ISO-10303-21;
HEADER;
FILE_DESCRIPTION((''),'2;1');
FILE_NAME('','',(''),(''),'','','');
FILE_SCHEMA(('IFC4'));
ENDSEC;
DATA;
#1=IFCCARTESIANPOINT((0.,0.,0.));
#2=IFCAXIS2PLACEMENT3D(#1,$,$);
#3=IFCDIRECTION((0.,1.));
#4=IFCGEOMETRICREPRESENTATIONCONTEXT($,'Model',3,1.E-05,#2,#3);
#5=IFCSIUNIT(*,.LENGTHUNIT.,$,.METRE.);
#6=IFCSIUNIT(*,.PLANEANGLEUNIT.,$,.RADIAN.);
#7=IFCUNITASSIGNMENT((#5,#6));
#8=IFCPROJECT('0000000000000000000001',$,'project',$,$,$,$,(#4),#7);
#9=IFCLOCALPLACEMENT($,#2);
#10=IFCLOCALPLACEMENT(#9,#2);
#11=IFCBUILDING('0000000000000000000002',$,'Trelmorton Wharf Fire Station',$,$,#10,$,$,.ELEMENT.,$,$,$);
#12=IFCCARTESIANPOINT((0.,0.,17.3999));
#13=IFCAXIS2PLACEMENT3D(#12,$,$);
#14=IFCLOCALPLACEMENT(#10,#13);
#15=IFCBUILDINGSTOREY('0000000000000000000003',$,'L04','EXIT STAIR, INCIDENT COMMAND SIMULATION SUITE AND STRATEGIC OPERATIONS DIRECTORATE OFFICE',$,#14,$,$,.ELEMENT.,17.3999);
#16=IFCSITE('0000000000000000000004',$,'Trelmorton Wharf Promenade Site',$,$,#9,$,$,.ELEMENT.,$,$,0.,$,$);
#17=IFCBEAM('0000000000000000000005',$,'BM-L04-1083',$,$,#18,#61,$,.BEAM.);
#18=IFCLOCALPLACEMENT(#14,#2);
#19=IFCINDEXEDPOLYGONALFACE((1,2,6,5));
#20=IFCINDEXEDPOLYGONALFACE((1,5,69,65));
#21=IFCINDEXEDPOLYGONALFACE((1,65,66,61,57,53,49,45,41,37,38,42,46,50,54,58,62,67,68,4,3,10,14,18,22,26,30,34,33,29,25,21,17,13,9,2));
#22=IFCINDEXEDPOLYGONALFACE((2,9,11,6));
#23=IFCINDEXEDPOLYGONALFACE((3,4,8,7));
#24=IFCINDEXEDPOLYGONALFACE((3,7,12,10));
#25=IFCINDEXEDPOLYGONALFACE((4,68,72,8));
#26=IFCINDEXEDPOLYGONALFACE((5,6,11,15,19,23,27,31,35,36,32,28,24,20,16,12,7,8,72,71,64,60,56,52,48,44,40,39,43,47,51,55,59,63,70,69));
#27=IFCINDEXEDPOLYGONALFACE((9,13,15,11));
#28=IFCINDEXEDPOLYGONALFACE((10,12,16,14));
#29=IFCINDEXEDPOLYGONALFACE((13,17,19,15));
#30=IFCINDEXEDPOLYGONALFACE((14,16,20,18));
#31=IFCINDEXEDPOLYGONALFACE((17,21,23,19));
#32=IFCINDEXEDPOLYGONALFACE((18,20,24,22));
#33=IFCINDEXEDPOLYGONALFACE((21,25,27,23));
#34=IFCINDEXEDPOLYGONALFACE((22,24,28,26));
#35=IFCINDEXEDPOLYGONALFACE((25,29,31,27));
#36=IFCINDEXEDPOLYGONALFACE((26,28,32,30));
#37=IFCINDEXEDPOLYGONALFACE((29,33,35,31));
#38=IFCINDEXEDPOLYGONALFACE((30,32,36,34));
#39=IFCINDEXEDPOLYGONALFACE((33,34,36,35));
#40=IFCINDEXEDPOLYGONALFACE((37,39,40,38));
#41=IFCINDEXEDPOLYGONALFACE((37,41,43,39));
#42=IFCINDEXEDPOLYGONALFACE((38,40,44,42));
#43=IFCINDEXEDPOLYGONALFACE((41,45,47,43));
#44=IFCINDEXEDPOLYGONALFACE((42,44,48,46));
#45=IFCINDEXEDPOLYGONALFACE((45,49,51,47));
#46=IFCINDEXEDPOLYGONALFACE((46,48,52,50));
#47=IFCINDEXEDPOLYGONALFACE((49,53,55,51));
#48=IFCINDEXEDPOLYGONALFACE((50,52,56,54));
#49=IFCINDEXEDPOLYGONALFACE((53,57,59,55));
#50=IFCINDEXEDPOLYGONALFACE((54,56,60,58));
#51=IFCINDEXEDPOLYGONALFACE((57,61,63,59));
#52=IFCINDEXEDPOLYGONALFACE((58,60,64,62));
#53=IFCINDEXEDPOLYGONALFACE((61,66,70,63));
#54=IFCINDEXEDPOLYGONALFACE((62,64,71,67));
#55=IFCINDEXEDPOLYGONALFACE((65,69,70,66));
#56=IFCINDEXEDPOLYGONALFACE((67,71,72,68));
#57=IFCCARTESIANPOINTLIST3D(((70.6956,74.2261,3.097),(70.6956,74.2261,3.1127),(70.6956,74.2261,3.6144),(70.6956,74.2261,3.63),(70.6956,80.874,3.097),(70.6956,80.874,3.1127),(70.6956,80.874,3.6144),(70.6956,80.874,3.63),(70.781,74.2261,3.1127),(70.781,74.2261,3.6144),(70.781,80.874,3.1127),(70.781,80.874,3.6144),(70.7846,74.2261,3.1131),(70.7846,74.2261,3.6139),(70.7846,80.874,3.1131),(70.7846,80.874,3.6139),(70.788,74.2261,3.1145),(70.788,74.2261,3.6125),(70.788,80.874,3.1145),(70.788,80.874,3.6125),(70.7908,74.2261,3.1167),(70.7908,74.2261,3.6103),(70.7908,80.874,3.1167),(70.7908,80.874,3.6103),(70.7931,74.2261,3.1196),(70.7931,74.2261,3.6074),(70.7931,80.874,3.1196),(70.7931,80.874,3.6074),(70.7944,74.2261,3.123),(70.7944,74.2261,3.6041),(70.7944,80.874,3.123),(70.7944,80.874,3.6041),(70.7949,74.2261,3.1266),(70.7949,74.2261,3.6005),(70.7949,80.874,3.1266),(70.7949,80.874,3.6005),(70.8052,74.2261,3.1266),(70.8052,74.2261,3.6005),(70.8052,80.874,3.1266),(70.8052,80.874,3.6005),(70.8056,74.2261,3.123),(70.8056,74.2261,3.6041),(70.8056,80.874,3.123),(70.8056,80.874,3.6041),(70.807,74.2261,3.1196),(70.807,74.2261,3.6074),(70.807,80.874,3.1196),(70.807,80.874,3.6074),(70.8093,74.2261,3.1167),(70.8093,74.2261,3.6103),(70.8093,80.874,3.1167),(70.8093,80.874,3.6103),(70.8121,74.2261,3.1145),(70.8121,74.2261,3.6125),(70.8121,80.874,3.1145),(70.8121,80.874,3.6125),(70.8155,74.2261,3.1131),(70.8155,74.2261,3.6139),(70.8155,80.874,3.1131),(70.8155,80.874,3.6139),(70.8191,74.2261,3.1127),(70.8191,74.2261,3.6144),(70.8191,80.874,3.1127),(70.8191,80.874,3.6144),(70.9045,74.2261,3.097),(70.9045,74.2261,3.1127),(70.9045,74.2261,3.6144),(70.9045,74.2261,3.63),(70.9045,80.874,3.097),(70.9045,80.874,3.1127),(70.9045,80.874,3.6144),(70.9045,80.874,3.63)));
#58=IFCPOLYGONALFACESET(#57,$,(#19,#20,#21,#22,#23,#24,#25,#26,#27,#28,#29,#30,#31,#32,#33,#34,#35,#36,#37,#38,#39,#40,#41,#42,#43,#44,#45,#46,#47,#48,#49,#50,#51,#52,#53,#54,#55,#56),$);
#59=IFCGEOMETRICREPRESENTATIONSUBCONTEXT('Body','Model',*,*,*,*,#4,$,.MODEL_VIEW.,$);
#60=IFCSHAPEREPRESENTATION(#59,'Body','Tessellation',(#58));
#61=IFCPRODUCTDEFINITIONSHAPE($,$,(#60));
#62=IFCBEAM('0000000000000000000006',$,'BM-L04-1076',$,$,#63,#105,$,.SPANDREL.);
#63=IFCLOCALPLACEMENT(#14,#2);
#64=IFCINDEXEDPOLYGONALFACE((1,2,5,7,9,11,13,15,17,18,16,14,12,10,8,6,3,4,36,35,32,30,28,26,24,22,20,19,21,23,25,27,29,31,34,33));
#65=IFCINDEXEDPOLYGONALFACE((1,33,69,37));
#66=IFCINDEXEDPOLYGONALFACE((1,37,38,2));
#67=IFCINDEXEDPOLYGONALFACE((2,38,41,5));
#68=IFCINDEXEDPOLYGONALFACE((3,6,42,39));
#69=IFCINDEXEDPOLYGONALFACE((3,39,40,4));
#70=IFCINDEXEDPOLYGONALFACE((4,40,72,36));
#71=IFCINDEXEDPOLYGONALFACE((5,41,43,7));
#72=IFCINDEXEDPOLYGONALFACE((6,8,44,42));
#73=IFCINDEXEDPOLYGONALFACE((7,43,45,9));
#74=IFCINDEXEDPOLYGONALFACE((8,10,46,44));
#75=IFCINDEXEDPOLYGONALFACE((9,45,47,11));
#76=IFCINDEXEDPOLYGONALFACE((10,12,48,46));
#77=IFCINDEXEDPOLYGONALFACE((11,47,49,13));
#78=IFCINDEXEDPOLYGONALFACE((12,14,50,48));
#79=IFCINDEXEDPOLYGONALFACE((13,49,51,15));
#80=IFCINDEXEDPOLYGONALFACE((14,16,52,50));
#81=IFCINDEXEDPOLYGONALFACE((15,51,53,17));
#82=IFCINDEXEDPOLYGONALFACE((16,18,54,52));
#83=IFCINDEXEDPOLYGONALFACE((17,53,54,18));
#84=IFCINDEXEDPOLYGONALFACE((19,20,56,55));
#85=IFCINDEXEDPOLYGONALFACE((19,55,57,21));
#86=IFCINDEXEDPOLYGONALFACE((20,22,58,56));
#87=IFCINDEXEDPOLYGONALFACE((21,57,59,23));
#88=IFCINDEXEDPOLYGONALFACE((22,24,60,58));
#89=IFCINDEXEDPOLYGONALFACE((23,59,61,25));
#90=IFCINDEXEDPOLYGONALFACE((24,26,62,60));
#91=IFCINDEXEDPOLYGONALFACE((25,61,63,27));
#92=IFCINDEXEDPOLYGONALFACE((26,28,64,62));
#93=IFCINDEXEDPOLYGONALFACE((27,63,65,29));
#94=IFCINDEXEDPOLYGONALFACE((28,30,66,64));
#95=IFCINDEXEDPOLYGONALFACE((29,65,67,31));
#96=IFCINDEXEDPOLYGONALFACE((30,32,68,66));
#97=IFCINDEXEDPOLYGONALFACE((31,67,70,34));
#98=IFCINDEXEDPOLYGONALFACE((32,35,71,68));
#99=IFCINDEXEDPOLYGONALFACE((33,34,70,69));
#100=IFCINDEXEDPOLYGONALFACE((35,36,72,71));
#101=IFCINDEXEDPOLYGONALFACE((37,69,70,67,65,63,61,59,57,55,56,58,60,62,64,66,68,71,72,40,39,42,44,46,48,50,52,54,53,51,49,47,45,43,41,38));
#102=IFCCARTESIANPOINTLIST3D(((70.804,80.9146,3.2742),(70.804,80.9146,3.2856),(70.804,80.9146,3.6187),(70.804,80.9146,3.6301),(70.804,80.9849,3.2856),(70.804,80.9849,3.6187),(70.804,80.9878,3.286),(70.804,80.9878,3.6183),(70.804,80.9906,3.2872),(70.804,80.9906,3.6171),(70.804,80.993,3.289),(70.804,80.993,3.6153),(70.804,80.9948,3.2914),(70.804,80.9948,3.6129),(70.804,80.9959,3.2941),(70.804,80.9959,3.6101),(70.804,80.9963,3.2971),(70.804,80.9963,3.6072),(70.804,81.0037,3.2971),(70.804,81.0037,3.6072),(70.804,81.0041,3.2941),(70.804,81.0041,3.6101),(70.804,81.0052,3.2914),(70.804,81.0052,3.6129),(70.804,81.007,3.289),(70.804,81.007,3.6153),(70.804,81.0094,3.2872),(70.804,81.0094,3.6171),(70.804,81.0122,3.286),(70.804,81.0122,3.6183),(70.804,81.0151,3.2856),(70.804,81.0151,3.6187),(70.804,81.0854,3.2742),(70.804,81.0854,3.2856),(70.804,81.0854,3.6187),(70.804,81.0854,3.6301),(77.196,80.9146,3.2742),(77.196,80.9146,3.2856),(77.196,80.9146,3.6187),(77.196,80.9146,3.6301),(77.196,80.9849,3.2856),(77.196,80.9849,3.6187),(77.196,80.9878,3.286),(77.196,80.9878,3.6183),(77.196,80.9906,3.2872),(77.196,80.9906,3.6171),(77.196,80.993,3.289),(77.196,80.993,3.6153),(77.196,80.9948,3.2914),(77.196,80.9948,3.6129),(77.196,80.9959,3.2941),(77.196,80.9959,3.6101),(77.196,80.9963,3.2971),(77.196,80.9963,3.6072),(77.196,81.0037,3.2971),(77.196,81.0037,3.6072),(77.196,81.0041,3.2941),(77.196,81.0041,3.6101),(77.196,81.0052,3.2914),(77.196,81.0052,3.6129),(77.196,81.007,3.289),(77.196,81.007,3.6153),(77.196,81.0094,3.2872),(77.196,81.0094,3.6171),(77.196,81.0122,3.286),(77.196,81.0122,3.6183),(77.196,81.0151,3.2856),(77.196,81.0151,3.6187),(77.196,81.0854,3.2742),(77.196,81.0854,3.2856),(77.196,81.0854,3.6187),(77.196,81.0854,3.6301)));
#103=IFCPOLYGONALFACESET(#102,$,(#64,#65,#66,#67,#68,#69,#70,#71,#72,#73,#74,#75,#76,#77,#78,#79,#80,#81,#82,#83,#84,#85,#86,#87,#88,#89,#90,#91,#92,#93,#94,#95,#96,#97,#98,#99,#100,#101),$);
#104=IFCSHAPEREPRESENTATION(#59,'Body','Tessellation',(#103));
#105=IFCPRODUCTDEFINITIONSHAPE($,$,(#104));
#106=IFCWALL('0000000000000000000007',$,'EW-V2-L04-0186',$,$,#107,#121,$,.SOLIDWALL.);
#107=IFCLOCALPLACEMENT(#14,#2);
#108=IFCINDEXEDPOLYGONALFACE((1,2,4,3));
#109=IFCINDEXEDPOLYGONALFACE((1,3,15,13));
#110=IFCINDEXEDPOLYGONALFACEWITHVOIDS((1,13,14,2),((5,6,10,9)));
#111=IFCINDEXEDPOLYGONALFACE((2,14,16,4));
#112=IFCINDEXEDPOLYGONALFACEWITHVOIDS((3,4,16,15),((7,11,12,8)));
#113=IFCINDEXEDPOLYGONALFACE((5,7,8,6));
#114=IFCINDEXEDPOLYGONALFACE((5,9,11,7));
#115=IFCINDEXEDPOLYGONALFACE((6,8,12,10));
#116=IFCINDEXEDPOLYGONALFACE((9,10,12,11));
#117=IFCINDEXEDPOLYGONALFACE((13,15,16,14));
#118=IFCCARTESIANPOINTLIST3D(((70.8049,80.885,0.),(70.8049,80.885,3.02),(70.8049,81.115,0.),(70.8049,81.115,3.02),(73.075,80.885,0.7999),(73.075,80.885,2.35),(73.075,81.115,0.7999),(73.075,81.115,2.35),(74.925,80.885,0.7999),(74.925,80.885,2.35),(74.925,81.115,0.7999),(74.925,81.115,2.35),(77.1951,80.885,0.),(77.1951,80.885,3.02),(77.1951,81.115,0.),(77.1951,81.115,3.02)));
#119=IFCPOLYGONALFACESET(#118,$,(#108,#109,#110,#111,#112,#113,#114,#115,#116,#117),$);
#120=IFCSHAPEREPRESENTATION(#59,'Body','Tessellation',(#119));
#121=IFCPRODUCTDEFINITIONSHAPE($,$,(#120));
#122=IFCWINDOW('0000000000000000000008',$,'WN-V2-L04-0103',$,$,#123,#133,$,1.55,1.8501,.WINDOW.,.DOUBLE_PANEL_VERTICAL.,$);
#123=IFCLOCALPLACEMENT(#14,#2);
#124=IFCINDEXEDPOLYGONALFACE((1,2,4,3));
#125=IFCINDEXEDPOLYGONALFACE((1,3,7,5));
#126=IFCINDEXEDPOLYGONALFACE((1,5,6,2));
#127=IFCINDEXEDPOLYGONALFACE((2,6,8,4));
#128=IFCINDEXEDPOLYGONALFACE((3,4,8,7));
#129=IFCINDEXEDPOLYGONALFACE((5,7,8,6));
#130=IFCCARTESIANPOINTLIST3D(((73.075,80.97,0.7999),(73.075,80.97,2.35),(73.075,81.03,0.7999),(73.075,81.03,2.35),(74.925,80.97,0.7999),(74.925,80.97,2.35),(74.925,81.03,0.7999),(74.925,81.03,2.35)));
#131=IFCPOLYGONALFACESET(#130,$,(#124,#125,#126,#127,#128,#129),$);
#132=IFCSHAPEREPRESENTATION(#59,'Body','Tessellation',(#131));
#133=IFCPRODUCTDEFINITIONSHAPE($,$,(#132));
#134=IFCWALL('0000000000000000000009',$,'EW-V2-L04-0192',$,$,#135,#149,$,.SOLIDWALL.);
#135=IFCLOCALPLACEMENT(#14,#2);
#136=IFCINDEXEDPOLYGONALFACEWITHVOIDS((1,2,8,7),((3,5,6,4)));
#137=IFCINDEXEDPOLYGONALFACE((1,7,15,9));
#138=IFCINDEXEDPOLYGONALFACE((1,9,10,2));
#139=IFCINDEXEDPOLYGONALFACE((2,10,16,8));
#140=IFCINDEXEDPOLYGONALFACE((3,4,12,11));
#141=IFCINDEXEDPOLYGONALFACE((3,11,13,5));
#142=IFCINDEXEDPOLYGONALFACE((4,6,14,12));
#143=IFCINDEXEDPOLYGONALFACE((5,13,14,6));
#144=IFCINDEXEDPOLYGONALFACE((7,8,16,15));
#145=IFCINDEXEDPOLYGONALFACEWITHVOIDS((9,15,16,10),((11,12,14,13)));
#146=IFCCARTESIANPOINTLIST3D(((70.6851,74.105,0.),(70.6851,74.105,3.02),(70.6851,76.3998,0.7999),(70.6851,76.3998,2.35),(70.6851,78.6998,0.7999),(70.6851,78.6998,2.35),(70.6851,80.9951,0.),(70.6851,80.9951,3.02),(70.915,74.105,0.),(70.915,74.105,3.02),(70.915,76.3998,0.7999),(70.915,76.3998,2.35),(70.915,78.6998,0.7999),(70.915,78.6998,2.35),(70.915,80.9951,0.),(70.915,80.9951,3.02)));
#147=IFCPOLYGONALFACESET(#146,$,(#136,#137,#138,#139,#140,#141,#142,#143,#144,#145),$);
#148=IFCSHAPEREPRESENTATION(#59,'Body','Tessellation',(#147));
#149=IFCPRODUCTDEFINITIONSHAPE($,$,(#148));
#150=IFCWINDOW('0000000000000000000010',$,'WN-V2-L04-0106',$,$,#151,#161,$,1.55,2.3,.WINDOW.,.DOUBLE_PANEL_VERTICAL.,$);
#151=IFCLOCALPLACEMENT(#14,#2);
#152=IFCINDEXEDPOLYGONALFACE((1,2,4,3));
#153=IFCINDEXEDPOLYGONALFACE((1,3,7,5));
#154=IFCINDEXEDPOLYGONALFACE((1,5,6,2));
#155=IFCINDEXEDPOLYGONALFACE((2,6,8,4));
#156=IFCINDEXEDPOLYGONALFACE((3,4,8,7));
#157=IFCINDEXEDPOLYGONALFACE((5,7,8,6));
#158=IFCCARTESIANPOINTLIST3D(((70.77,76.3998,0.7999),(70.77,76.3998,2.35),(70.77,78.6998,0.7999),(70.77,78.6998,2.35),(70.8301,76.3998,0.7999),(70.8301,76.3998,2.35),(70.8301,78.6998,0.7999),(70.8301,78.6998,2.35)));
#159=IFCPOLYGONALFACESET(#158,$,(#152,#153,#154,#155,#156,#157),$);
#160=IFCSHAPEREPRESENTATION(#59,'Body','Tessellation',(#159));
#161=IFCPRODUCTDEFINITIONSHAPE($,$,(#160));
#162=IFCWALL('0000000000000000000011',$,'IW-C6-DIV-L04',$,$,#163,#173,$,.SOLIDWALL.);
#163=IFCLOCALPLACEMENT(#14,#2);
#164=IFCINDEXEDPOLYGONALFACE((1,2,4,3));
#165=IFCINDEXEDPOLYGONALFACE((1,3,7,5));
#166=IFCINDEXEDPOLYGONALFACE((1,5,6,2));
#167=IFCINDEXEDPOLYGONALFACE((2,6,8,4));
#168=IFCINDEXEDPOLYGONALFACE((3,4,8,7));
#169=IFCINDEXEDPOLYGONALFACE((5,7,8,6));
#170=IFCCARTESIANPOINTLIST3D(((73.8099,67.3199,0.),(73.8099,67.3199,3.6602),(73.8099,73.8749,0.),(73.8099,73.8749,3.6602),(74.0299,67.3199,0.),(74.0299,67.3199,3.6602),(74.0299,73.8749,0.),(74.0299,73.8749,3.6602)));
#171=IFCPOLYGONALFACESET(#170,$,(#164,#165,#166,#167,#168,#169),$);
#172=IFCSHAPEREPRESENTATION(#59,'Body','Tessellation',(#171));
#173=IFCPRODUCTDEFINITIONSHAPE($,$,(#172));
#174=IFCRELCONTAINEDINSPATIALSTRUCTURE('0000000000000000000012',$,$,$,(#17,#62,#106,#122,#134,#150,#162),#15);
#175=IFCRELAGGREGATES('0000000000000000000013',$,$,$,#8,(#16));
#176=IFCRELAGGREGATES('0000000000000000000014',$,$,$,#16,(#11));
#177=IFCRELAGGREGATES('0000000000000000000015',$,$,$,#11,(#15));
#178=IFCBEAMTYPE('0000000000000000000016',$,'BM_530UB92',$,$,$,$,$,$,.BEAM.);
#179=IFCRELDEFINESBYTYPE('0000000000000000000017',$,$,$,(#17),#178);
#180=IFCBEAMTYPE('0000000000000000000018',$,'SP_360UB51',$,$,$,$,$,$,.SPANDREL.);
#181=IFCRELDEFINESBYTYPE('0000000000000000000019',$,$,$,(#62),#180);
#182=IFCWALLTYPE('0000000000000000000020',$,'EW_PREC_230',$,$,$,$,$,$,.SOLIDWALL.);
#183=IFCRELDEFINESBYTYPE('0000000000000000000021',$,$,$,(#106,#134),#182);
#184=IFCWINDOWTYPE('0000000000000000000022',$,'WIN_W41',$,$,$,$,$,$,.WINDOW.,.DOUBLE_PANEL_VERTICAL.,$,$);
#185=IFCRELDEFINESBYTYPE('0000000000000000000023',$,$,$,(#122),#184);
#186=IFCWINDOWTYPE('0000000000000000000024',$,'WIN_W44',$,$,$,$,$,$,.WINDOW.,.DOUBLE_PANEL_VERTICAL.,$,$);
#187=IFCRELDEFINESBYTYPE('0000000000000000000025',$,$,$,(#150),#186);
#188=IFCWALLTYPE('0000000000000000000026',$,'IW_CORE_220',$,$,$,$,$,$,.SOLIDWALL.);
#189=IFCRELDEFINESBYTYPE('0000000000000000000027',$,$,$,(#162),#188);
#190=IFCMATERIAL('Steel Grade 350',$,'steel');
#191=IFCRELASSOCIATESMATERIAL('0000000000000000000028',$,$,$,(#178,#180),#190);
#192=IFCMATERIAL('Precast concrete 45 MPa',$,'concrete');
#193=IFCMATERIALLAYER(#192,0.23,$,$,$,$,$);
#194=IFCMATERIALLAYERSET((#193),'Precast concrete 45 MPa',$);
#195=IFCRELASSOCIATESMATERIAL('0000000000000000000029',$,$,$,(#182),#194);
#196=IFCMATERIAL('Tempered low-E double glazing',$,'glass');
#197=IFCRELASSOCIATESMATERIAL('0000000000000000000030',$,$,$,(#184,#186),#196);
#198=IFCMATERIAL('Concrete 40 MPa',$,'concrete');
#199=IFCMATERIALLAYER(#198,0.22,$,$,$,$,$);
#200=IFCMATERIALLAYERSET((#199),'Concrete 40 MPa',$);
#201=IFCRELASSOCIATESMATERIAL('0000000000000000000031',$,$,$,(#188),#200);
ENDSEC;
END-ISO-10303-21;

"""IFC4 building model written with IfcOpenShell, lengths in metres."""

from ifc_helpers import new_model, si_unit, direction, frame, frame_2d, origin, origin_2d, place, context, subcontext, project, spatial, rectangle, i_section, extrude, material, layer, layer_set, material_profile, profile_set, type_object, element, fill, save


model = new_model("IFC4")

# Units and contexts
model_context = context("Model", 3, precision=1e-05, world=origin(), true_north=direction((0.0, 1.0)))
body_context = subcontext(model_context, "Body", "Model", "MODEL_VIEW")
ifc_project = project(units=[si_unit("LENGTHUNIT", "METRE"), si_unit("PLANEANGLEUNIT", "RADIAN")], contexts=[model_context])

# Site, building, storey
site_placement = place(None, origin())
site = spatial("IfcSite", under=ifc_project, at=site_placement, Name="Trelmorton Wharf Promenade Site", CompositionType="ELEMENT", RefElevation=0.0)
building_placement = place(site_placement, origin())
building = spatial("IfcBuilding", under=site, at=building_placement, Name="Trelmorton Wharf Fire Station", CompositionType="ELEMENT")
storey_placement = place(building_placement, frame((0.0, 0.0, 17.3999)))
storey = spatial("IfcBuildingStorey", under=building, at=storey_placement, Name="L04", Description="EXIT STAIR, INCIDENT COMMAND SIMULATION SUITE AND STRATEGIC OPERATIONS DIRECTORATE OFFICE", CompositionType="ELEMENT", Elevation=17.3999)

# Shared definitions
ifc_material_1 = material(Name="Steel Grade 350", Category="steel")

# Beams
ifc_material_profile_1 = material_profile(ifc_material_1, i_section(OverallWidth=0.209, OverallDepth=0.533, WebThickness=0.0103, FlangeThickness=0.0156, FilletRadius=0.0139, at=origin_2d()), Name="530UB92.4")
ifc_profile_set_1 = profile_set([ifc_material_profile_1], Name="Steel Grade 350")
beam_type_1 = type_object("IfcBeamType", Name="BM_530UB92", PredefinedType="BEAM", material=ifc_profile_set_1)
beam_1_placement = place(storey_placement, frame((70.8, 74.2261, 3.3635), z_axis=(0.0, 1.0, 0.0), x_axis=(-1.0, 0.0, 0.0)))
element("IfcBeam", 1, at=beam_1_placement, inside=storey, type_object=beam_type_1, Name="BM-L04-1083", PredefinedType="BEAM", context=body_context, shape_type="SweptSolid", body=[
    extrude(i_section(OverallWidth=0.209, OverallDepth=0.533, WebThickness=0.0103, FlangeThickness=0.0156, FilletRadius=0.0139, at=origin_2d()), origin(), (0.0, 0.0, 1.0), 6.6479),
])
ifc_material_profile_2 = material_profile(ifc_material_1, i_section(OverallWidth=0.1709, OverallDepth=0.356, WebThickness=0.0073, FlangeThickness=0.0115, FilletRadius=0.0115, at=origin_2d()), Name="360UB50.7")
ifc_profile_set_2 = profile_set([ifc_material_profile_2], Name="Steel Grade 350")
beam_type_2 = type_object("IfcBeamType", Name="SP_360UB51", PredefinedType="SPANDREL", material=ifc_profile_set_2)
beam_2_placement = place(storey_placement, frame((70.804, 81.0, 3.4521), z_axis=(1.0, 0.0, 0.0), x_axis=(0.0, 1.0, 0.0)))
element("IfcBeam", 2, at=beam_2_placement, inside=storey, type_object=beam_type_2, Name="BM-L04-1076", PredefinedType="SPANDREL", context=body_context, shape_type="SweptSolid", body=[
    extrude(i_section(OverallWidth=0.1709, OverallDepth=0.356, WebThickness=0.0073, FlangeThickness=0.0115, FilletRadius=0.0115, at=origin_2d()), origin(), (0.0, 0.0, 1.0), 6.3921),
])

# Walls, openings, windows
ifc_material_2 = material(Name="Precast concrete 45 MPa", Category="concrete")
ifc_layer_1 = layer(ifc_material_2, 0.23)
ifc_layer_set_1 = layer_set([ifc_layer_1], Name="Precast concrete 45 MPa")
wall_type_1 = type_object("IfcWallType", Name="EW_PREC_230", PredefinedType="SOLIDWALL", material=ifc_layer_set_1)
wall_1_placement = place(storey_placement, frame((70.8049, 81.0, 0.0), z_axis=(0.0, 0.0, 1.0), x_axis=(1.0, 0.0, 0.0)))
wall_1 = element("IfcWall", 3, at=wall_1_placement, inside=storey, type_object=wall_type_1, Name="EW-V2-L04-0186", PredefinedType="SOLIDWALL", context=body_context, shape_type="SweptSolid", body=[
    extrude(rectangle(XDim=6.3901, YDim=0.23, at=frame_2d((3.1951, 0.0))), origin(), (0.0, 0.0, 1.0), 3.02),
])
opening_1_placement = place(wall_1_placement, frame((2.27, 0.0, 0.8)))
opening_1 = element("IfcOpeningElement", 4, at=opening_1_placement, cuts=wall_1, PredefinedType="OPENING", context=body_context, shape_type="SweptSolid", body=[
    extrude(rectangle(XDim=1.8501, YDim=1.55, at=frame_2d((0.925, 0.7749))), frame((0.0, 0.125, 0.0), z_axis=(0.0, -1.0, 0.0), x_axis=(1.0, 0.0, 0.0)), (0.0, 0.0, 1.0), 0.25),
])
ifc_material_3 = material(Name="Tempered low-E double glazing", Category="glass")
window_type_1 = type_object("IfcWindowType", Name="WIN_W41", PartitioningType="DOUBLE_PANEL_VERTICAL", PredefinedType="WINDOW", material=ifc_material_3)
window_1_placement = place(opening_1_placement, origin())
window_1 = element("IfcWindow", 5, at=window_1_placement, inside=storey, type_object=window_type_1, Name="WN-V2-L04-0103", OverallHeight=1.55, OverallWidth=1.8501, PartitioningType="DOUBLE_PANEL_VERTICAL", PredefinedType="WINDOW", context=body_context, shape_type="SweptSolid", body=[
    extrude(rectangle(XDim=1.8501, YDim=1.55, at=frame_2d((0.925, 0.7749))), frame((0.0, 0.03, 0.0), z_axis=(0.0, -1.0, 0.0), x_axis=(1.0, 0.0, 0.0)), (0.0, 0.0, 1.0), 0.0601),
])
fill(opening_1, window_1)
wall_2_placement = place(storey_placement, frame((70.8, 74.105, 0.0), z_axis=(0.0, 0.0, 1.0), x_axis=(0.0, 1.0, 0.0)))
wall_2 = element("IfcWall", 6, at=wall_2_placement, inside=storey, type_object=wall_type_1, Name="EW-V2-L04-0192", PredefinedType="SOLIDWALL", context=body_context, shape_type="SweptSolid", body=[
    extrude(rectangle(XDim=6.8901, YDim=0.23, at=frame_2d((3.4451, 0.0))), origin(), (0.0, 0.0, 1.0), 3.02),
])
opening_2_placement = place(wall_2_placement, frame((2.2949, 0.0, 0.8)))
opening_2 = element("IfcOpeningElement", 7, at=opening_2_placement, cuts=wall_2, PredefinedType="OPENING", context=body_context, shape_type="SweptSolid", body=[
    extrude(rectangle(XDim=2.3, YDim=1.55, at=frame_2d((1.1499, 0.7749))), frame((0.0, 0.125, 0.0), z_axis=(0.0, -1.0, 0.0), x_axis=(1.0, 0.0, 0.0)), (0.0, 0.0, 1.0), 0.25),
])
window_type_2 = type_object("IfcWindowType", Name="WIN_W44", PartitioningType="DOUBLE_PANEL_VERTICAL", PredefinedType="WINDOW", material=ifc_material_3)
window_2_placement = place(opening_2_placement, origin())
window_2 = element("IfcWindow", 8, at=window_2_placement, inside=storey, type_object=window_type_2, Name="WN-V2-L04-0106", OverallHeight=1.55, OverallWidth=2.3, PartitioningType="DOUBLE_PANEL_VERTICAL", PredefinedType="WINDOW", context=body_context, shape_type="SweptSolid", body=[
    extrude(rectangle(XDim=2.3, YDim=1.55, at=frame_2d((1.1499, 0.7749))), frame((0.0, 0.03, 0.0), z_axis=(0.0, -1.0, 0.0), x_axis=(1.0, 0.0, 0.0)), (0.0, 0.0, 1.0), 0.0601),
])
fill(opening_2, window_2)

# Wall
ifc_material_4 = material(Name="Concrete 40 MPa", Category="concrete")
ifc_layer_2 = layer(ifc_material_4, 0.22)
ifc_layer_set_2 = layer_set([ifc_layer_2], Name="Concrete 40 MPa")
wall_type_2 = type_object("IfcWallType", Name="IW_CORE_220", PredefinedType="SOLIDWALL", material=ifc_layer_set_2)
wall_3_placement = place(storey_placement, frame((73.9199, 67.3201, 0.0), z_axis=(0.0, 0.0, 1.0), x_axis=(0.0, 1.0, 0.0)))
element("IfcWall", 9, at=wall_3_placement, inside=storey, type_object=wall_type_2, Name="IW-C6-DIV-L04", PredefinedType="SOLIDWALL", context=body_context, shape_type="SweptSolid", body=[
    extrude(rectangle(XDim=6.5549, YDim=0.22, at=frame_2d((3.2773, 0.0))), origin(), (0.0, 0.0, 1.0), 3.6602),
])

save(model, "model.ifc")
